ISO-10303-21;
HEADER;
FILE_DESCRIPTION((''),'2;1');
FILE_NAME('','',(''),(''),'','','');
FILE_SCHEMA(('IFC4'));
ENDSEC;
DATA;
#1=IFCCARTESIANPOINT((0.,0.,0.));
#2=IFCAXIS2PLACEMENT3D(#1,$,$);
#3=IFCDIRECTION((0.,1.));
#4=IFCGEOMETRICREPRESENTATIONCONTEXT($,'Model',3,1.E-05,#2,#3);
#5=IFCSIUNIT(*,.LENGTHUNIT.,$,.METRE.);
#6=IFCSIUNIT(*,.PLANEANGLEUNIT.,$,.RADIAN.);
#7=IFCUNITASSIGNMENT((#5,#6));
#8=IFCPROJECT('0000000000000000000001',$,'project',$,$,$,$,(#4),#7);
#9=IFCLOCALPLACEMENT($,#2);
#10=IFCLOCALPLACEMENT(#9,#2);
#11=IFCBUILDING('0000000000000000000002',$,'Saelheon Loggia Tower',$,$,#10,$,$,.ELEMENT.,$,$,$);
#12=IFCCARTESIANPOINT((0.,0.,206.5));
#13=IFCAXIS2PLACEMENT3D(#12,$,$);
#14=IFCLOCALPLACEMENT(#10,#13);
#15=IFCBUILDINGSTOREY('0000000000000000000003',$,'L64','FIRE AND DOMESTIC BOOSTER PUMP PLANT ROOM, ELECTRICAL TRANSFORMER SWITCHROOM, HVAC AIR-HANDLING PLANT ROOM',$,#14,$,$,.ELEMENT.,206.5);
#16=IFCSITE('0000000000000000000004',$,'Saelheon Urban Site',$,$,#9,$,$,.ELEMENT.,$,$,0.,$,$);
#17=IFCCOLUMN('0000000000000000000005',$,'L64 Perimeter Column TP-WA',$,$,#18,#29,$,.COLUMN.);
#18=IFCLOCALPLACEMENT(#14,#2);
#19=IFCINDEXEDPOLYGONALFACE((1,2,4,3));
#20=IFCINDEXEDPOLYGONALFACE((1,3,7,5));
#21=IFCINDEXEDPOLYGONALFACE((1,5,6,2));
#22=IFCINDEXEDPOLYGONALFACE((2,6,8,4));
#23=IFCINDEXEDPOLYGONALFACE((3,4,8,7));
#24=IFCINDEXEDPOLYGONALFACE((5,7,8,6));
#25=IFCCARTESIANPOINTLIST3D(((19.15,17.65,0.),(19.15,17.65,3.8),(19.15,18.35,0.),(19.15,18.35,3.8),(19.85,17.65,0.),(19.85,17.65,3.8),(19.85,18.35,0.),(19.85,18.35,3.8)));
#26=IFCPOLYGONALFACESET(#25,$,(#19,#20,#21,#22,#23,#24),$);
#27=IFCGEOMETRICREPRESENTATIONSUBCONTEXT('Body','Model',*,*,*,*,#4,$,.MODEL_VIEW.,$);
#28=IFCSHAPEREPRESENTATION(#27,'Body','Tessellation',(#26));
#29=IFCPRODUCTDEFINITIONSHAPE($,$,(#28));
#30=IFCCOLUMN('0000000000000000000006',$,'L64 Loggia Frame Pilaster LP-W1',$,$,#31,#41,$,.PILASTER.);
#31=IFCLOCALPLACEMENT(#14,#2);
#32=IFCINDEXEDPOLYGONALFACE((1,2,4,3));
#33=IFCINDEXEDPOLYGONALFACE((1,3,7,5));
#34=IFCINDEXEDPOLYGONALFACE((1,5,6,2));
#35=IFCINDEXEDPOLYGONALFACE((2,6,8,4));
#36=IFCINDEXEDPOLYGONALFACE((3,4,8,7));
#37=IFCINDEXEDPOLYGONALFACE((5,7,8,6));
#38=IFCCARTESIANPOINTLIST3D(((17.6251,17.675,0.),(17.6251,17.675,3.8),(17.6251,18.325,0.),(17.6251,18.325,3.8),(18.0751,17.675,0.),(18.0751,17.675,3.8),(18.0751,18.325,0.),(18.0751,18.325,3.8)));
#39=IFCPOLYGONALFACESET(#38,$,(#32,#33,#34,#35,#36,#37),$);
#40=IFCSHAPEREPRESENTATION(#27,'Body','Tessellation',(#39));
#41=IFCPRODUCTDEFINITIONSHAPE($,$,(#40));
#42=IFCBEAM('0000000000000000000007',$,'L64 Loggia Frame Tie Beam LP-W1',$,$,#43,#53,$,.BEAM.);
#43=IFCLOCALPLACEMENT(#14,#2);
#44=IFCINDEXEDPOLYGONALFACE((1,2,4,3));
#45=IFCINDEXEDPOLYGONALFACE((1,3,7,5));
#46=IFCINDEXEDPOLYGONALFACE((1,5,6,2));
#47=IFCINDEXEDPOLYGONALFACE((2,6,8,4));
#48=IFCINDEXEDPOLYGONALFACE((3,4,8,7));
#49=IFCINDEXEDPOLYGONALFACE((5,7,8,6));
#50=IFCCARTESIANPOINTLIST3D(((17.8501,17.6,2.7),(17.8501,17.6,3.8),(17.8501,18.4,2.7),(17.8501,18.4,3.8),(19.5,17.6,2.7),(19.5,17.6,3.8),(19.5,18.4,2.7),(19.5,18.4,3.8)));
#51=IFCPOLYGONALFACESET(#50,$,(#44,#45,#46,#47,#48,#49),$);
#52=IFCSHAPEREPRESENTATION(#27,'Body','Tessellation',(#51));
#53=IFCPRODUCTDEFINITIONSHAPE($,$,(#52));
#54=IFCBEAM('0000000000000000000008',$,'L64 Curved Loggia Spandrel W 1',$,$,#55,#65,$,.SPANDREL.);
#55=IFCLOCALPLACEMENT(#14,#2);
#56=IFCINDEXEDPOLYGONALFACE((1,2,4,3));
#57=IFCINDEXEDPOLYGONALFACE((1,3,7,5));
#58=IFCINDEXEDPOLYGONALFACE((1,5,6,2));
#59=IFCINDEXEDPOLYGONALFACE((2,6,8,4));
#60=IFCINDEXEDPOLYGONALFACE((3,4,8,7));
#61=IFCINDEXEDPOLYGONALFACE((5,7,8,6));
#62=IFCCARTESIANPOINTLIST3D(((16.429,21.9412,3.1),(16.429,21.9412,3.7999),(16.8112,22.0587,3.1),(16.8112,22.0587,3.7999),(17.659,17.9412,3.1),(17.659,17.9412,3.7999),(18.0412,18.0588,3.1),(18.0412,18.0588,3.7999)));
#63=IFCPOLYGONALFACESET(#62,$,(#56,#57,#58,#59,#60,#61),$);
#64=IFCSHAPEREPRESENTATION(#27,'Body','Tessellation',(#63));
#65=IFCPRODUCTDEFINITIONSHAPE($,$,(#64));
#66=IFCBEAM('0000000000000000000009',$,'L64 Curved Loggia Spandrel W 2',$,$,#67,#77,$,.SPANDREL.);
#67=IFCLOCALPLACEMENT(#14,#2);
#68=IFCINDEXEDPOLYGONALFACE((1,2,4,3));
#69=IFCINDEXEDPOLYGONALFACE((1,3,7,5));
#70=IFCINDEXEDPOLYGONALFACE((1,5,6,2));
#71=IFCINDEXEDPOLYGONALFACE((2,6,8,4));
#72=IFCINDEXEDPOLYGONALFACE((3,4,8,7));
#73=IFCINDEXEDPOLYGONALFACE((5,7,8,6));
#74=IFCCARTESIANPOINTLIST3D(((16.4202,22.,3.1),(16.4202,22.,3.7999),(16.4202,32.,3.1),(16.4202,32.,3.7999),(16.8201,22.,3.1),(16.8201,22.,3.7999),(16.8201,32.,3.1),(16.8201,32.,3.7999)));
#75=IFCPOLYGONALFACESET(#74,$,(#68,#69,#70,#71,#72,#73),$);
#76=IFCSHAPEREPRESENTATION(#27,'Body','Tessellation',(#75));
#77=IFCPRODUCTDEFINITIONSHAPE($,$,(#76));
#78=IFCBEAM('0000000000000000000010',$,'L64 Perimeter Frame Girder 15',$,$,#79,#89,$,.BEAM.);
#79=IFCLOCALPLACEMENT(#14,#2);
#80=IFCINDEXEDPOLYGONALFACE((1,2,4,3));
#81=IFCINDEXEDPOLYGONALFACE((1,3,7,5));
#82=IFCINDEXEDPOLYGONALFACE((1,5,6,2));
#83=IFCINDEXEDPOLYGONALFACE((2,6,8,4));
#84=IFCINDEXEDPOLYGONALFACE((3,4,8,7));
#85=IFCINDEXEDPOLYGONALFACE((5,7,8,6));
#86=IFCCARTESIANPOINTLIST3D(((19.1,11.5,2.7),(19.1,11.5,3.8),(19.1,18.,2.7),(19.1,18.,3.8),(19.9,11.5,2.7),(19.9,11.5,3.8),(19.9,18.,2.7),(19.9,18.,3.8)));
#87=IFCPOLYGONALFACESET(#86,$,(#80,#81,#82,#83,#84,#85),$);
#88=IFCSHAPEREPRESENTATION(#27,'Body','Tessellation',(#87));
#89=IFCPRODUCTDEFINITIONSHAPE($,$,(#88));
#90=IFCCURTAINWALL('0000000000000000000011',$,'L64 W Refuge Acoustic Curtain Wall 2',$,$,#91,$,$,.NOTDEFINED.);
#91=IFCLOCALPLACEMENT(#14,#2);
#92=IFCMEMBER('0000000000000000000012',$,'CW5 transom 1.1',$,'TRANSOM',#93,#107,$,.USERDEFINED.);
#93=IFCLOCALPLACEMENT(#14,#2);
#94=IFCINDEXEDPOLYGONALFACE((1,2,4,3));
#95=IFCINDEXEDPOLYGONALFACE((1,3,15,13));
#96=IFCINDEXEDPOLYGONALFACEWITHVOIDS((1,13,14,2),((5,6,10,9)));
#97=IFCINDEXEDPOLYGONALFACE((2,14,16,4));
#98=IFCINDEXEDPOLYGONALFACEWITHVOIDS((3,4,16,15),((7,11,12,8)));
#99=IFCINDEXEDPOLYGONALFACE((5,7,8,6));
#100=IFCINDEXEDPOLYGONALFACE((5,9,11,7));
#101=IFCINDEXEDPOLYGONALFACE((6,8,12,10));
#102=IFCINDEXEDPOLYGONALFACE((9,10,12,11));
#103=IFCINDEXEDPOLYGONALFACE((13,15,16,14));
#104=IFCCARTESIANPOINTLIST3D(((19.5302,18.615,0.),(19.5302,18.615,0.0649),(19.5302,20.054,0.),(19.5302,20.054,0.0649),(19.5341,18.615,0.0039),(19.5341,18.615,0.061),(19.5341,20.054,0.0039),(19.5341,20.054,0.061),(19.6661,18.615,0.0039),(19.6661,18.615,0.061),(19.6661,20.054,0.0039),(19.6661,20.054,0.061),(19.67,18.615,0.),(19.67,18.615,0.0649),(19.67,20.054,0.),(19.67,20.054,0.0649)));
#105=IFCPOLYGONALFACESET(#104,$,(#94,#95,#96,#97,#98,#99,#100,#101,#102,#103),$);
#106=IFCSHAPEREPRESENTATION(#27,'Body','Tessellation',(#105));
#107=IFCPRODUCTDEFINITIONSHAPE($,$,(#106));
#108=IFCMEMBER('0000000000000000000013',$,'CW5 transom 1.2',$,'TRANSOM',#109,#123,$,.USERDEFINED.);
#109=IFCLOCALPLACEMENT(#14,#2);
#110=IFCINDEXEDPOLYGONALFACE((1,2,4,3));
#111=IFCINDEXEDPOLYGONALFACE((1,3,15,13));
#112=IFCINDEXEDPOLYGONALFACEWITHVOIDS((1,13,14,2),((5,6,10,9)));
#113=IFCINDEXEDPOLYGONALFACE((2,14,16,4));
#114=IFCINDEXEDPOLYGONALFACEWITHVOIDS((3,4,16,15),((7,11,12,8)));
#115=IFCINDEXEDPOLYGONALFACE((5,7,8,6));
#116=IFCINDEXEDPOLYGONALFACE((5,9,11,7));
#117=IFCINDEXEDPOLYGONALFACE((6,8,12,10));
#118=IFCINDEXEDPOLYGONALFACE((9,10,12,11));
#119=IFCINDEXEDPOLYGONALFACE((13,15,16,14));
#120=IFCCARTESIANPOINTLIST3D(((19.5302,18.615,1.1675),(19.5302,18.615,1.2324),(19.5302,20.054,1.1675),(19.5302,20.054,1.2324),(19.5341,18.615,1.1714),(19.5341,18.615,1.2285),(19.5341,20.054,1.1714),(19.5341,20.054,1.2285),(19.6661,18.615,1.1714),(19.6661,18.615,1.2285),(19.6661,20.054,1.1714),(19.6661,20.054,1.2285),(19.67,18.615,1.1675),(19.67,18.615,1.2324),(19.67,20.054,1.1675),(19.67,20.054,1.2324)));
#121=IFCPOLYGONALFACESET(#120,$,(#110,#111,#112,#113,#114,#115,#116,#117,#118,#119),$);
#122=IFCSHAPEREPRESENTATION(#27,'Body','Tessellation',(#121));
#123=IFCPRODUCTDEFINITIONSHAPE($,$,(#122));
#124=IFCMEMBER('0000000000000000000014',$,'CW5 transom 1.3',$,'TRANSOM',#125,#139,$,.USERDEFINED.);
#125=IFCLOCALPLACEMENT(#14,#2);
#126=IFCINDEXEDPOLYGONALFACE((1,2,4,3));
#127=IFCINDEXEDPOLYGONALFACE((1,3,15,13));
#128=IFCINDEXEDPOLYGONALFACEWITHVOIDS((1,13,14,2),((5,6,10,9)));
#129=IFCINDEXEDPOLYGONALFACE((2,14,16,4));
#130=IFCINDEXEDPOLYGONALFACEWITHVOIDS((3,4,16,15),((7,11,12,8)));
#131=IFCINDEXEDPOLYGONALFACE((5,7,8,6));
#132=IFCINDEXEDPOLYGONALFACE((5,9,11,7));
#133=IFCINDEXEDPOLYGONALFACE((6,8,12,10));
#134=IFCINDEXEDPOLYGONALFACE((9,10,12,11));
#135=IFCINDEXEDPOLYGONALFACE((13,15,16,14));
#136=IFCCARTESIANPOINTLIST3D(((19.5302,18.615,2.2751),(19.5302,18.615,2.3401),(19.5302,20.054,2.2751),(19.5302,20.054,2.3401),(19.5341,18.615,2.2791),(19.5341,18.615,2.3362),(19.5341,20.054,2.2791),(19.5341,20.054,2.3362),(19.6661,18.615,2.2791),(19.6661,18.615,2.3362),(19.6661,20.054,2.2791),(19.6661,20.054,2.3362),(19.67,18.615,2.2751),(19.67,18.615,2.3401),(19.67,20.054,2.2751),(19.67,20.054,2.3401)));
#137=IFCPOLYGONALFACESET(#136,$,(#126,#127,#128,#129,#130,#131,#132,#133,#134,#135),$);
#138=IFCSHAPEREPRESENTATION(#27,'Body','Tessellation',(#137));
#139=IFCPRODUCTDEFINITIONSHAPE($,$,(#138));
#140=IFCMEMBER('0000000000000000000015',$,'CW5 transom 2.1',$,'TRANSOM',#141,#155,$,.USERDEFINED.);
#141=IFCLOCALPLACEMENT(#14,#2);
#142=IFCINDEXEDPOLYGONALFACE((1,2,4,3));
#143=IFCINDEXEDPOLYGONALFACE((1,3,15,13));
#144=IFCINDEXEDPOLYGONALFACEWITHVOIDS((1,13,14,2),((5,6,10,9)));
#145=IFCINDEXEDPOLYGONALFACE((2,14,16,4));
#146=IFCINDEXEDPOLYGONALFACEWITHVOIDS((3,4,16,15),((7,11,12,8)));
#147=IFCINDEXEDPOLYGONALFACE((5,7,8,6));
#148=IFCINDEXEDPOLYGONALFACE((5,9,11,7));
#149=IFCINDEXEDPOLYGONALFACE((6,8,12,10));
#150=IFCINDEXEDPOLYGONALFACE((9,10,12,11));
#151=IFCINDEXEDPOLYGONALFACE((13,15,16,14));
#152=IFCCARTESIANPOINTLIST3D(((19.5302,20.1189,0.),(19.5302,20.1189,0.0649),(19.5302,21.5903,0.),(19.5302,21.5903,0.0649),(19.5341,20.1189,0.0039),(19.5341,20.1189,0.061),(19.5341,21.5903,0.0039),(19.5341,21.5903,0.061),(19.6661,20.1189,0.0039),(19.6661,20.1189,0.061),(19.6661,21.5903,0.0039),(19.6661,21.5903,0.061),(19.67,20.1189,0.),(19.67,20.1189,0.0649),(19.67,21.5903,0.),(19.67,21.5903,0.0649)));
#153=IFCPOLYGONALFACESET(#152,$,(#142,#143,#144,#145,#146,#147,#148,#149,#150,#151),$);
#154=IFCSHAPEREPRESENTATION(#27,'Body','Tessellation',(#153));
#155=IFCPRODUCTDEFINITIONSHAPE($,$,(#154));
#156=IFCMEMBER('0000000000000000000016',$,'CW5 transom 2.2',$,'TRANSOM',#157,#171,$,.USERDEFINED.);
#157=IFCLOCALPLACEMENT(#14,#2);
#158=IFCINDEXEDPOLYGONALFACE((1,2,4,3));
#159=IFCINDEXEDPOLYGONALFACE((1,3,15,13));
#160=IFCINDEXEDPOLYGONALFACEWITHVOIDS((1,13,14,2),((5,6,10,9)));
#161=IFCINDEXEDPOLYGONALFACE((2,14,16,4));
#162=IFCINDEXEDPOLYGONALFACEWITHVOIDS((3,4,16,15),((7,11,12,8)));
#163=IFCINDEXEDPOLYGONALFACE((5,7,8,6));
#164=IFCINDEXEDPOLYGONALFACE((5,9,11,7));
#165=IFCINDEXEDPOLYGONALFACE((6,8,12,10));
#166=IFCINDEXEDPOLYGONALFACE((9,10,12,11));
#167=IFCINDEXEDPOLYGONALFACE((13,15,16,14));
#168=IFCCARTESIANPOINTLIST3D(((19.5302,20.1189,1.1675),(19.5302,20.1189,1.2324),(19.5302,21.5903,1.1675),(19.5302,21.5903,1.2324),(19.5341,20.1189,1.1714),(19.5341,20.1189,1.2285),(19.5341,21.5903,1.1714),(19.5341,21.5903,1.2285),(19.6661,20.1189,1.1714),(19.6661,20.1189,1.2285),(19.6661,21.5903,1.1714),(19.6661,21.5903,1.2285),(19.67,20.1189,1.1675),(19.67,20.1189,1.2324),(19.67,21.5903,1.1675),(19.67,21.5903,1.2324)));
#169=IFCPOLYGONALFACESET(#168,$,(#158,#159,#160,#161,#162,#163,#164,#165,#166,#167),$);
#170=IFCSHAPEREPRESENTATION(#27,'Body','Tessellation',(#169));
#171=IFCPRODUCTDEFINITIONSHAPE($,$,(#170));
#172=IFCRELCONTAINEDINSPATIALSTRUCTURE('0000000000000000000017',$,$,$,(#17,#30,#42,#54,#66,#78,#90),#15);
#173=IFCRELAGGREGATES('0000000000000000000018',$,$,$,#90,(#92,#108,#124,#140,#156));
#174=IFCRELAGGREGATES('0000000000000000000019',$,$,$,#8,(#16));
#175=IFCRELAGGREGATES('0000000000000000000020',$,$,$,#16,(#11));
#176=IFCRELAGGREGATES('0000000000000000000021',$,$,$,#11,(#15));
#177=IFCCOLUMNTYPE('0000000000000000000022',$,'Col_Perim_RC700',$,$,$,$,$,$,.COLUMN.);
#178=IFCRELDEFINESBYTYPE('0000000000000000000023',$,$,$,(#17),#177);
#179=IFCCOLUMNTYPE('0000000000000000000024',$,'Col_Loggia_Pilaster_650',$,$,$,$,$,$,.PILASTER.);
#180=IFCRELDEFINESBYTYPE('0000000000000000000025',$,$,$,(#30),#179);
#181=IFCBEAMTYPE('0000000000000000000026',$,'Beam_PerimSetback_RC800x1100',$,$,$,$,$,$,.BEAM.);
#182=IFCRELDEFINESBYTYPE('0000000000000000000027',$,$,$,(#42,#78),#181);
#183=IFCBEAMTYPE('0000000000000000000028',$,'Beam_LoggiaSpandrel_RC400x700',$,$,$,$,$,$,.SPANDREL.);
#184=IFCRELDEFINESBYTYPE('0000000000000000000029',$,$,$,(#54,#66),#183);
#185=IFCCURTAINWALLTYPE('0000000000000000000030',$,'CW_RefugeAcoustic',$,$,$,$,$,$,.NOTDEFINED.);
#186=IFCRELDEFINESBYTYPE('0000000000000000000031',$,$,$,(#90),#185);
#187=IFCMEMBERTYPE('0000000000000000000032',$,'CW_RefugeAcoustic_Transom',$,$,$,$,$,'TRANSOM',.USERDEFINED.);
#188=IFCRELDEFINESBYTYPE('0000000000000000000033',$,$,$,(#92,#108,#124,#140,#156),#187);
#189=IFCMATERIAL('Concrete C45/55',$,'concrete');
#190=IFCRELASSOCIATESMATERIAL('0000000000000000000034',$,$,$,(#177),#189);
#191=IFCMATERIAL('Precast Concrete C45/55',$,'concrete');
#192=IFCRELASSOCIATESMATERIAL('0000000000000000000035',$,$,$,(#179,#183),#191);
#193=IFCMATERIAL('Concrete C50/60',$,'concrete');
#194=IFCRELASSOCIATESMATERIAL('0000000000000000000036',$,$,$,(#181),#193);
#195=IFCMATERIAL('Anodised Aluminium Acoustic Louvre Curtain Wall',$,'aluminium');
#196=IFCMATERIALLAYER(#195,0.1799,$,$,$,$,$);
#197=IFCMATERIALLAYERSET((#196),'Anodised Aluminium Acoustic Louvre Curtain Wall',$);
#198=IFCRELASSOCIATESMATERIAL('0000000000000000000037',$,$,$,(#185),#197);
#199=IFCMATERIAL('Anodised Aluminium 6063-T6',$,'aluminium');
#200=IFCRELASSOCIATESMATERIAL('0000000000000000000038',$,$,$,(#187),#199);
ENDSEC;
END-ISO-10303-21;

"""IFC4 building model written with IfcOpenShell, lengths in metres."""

from ifc_helpers import new_model, si_unit, direction, frame, origin, origin_2d, place, context, subcontext, project, spatial, rectangle, hollow_rectangle, extrude, source, transform, mapped, material, layer, layer_set, material_profile, profile_set, type_object, element, aggregate, save


model = new_model("IFC4")

# Units and contexts
model_context = context("Model", 3, precision=1e-05, world=origin(), true_north=direction((0.0, 1.0)))
body_context = subcontext(model_context, "Body", "Model", "MODEL_VIEW")
ifc_project = project(units=[si_unit("LENGTHUNIT", "METRE"), si_unit("PLANEANGLEUNIT", "RADIAN")], contexts=[model_context])

# Site, building, storey
site_placement = place(None, origin())
site = spatial("IfcSite", under=ifc_project, at=site_placement, Name="Saelheon Urban Site", CompositionType="ELEMENT", RefElevation=0.0)
building_placement = place(site_placement, origin())
building = spatial("IfcBuilding", under=site, at=building_placement, Name="Saelheon Loggia Tower", CompositionType="ELEMENT")
storey_placement = place(building_placement, frame((0.0, 0.0, 206.5)))
storey = spatial("IfcBuildingStorey", under=building, at=storey_placement, Name="L64", Description="FIRE AND DOMESTIC BOOSTER PUMP PLANT ROOM, ELECTRICAL TRANSFORMER SWITCHROOM, HVAC AIR-HANDLING PLANT ROOM", CompositionType="ELEMENT", Elevation=206.5)

# Columns
ifc_material_1 = material(Name="Concrete C45/55", Category="concrete")
ifc_material_profile_1 = material_profile(ifc_material_1, rectangle(XDim=0.7, YDim=0.7, at=origin_2d()), Name="RC-700x700")
ifc_profile_set_1 = profile_set([ifc_material_profile_1], Name="Concrete C45/55")
column_type_1 = type_object("IfcColumnType", Name="Col_Perim_RC700", PredefinedType="COLUMN", material=ifc_profile_set_1)
shared_shape_1 = source(origin(), body_context, "Body", "SweptSolid", [
    extrude(rectangle(XDim=0.7, YDim=0.7, at=origin_2d()), origin(), (0.0, 0.0, 1.0), 3.8),
])
column_1_placement = place(storey_placement, frame((19.5, 18.0, 0.0), z_axis=(0.0, 0.0, 1.0), x_axis=(1.0, 0.0, 0.0)))
element("IfcColumn", 1, at=column_1_placement, inside=storey, type_object=column_type_1, Name="L64 Perimeter Column TP-WA", PredefinedType="COLUMN", context=body_context, shape_type="MappedRepresentation", body=[
    mapped(shared_shape_1, transform((0.0, 0.0, 0.0), scale=1.0)),
])
ifc_material_2 = material(Name="Precast Concrete C45/55", Category="concrete")
ifc_material_profile_2 = material_profile(ifc_material_2, rectangle(XDim=0.45, YDim=0.6499, at=origin_2d()), Name="RC-450x650")
ifc_profile_set_2 = profile_set([ifc_material_profile_2], Name="Precast Concrete C45/55")
column_type_2 = type_object("IfcColumnType", Name="Col_Loggia_Pilaster_650", PredefinedType="PILASTER", material=ifc_profile_set_2)
shared_shape_2 = source(origin(), body_context, "Body", "SweptSolid", [
    extrude(rectangle(XDim=0.45, YDim=0.6499, at=origin_2d()), origin(), (0.0, 0.0, 1.0), 3.8),
])
column_2_placement = place(storey_placement, frame((17.8501, 18.0, 0.0), z_axis=(0.0, 0.0, 1.0), x_axis=(1.0, 0.0, 0.0)))
element("IfcColumn", 2, at=column_2_placement, inside=storey, type_object=column_type_2, Name="L64 Loggia Frame Pilaster LP-W1", PredefinedType="PILASTER", context=body_context, shape_type="MappedRepresentation", body=[
    mapped(shared_shape_2, transform((0.0, 0.0, 0.0), scale=1.0)),
])

# Beams
ifc_material_3 = material(Name="Concrete C50/60", Category="concrete")
ifc_material_profile_3 = material_profile(ifc_material_3, rectangle(XDim=0.8, YDim=1.1001, at=origin_2d()), Name="RC-800x1100")
ifc_profile_set_3 = profile_set([ifc_material_profile_3], Name="Concrete C50/60")
beam_type_1 = type_object("IfcBeamType", Name="Beam_PerimSetback_RC800x1100", PredefinedType="BEAM", material=ifc_profile_set_3)
shared_shape_3 = source(origin(), body_context, "Body", "SweptSolid", [
    extrude(rectangle(XDim=0.8, YDim=1.1001, at=origin_2d()), origin(), (0.0, 0.0, 1.0), 1.6499),
])
beam_1_placement = place(storey_placement, frame((19.5, 18.0, 3.25), z_axis=(-1.0, 0.0, 0.0), x_axis=(0.0, -1.0, 0.0)))
element("IfcBeam", 3, at=beam_1_placement, inside=storey, type_object=beam_type_1, Name="L64 Loggia Frame Tie Beam LP-W1", PredefinedType="BEAM", context=body_context, shape_type="MappedRepresentation", body=[
    mapped(shared_shape_3, transform((0.0, 0.0, 0.0), scale=1.0)),
])
ifc_material_profile_4 = material_profile(ifc_material_2, rectangle(XDim=0.3999, YDim=0.7, at=origin_2d()), Name="RC-400x700")
ifc_profile_set_4 = profile_set([ifc_material_profile_4], Name="Precast Concrete C45/55")
beam_type_2 = type_object("IfcBeamType", Name="Beam_LoggiaSpandrel_RC400x700", PredefinedType="SPANDREL", material=ifc_profile_set_4)
shared_shape_4 = source(origin(), body_context, "Body", "SweptSolid", [
    extrude(rectangle(XDim=0.3999, YDim=0.7, at=origin_2d()), origin(), (0.0, 0.0, 1.0), 4.1848),
])
beam_2_placement = place(storey_placement, frame((17.8501, 18.0, 3.45), z_axis=(-0.293914, 0.955832, 0.0), x_axis=(-0.955832, -0.293914, 0.0)))
element("IfcBeam", 4, at=beam_2_placement, inside=storey, type_object=beam_type_2, Name="L64 Curved Loggia Spandrel W 1", PredefinedType="SPANDREL", context=body_context, shape_type="MappedRepresentation", body=[
    mapped(shared_shape_4, transform((0.0, 0.0, 0.0), scale=1.0)),
])
shared_shape_5 = source(origin(), body_context, "Body", "SweptSolid", [
    extrude(rectangle(XDim=0.3999, YDim=0.7, at=origin_2d()), origin(), (0.0, 0.0, 1.0), 10.0),
])
beam_3_placement = place(storey_placement, frame((16.6201, 22.0, 3.45), z_axis=(0.0, 1.0, 0.0), x_axis=(-1.0, 0.0, 0.0)))
element("IfcBeam", 5, at=beam_3_placement, inside=storey, type_object=beam_type_2, Name="L64 Curved Loggia Spandrel W 2", PredefinedType="SPANDREL", context=body_context, shape_type="MappedRepresentation", body=[
    mapped(shared_shape_5, transform((0.0, 0.0, 0.0), scale=1.0)),
])
shared_shape_6 = source(origin(), body_context, "Body", "SweptSolid", [
    extrude(rectangle(XDim=0.8, YDim=1.1001, at=origin_2d()), origin(), (0.0, 0.0, 1.0), 6.5),
])
beam_4_placement = place(storey_placement, frame((19.5, 18.0, 3.25), z_axis=(0.0, -1.0, 0.0), x_axis=(1.0, 0.0, 0.0)))
element("IfcBeam", 6, at=beam_4_placement, inside=storey, type_object=beam_type_1, Name="L64 Perimeter Frame Girder 15", PredefinedType="BEAM", context=body_context, shape_type="MappedRepresentation", body=[
    mapped(shared_shape_6, transform((0.0, 0.0, 0.0), scale=1.0)),
])

# Curtain wall, members
ifc_material_4 = material(Name="Anodised Aluminium Acoustic Louvre Curtain Wall", Category="aluminium")
ifc_layer_1 = layer(ifc_material_4, 0.1799)
ifc_layer_set_1 = layer_set([ifc_layer_1], Name="Anodised Aluminium Acoustic Louvre Curtain Wall")
curtain_wall_type = type_object("IfcCurtainWallType", Name="CW_RefugeAcoustic", PredefinedType="NOTDEFINED", material=ifc_layer_set_1)
curtain_wall_1_placement = place(storey_placement, origin())
curtain_wall_1 = element("IfcCurtainWall", 7, at=curtain_wall_1_placement, inside=storey, type_object=curtain_wall_type, Name="L64 W Refuge Acoustic Curtain Wall 2", PredefinedType="NOTDEFINED")
ifc_material_5 = material(Name="Anodised Aluminium 6063-T6", Category="aluminium")
ifc_material_profile_5 = material_profile(ifc_material_5, hollow_rectangle(XDim=0.0649, YDim=0.1399, WallThickness=0.0039, at=origin_2d()), Name="RHS-140x65x4")
ifc_profile_set_5 = profile_set([ifc_material_profile_5], Name="Anodised Aluminium 6063-T6")
member_type_1 = type_object("IfcMemberType", Name="CW_RefugeAcoustic_Transom", ElementType="TRANSOM", PredefinedType="USERDEFINED", material=ifc_profile_set_5)
shared_shape_7 = source(origin(), body_context, "Body", "SweptSolid", [
    extrude(hollow_rectangle(XDim=0.0649, YDim=0.1399, WallThickness=0.0039, at=origin_2d()), origin(), (0.0, 0.0, 1.0), 1.439),
])
member_1_placement = place(storey_placement, frame((19.6001, 18.615, 0.0325), z_axis=(0.0, 1.0, 0.0), x_axis=(0.0, 0.0, 1.0)))
member_1 = element("IfcMember", 8, at=member_1_placement, type_object=member_type_1, Name="CW5 transom 1.1", ObjectType="TRANSOM", PredefinedType="USERDEFINED", context=body_context, shape_type="MappedRepresentation", body=[
    mapped(shared_shape_7, transform((0.0, 0.0, 0.0), scale=1.0)),
])
member_2_placement = place(storey_placement, frame((19.6001, 18.615, 1.2), z_axis=(0.0, 1.0, 0.0), x_axis=(0.0, 0.0, 1.0)))
member_2 = element("IfcMember", 9, at=member_2_placement, type_object=member_type_1, Name="CW5 transom 1.2", ObjectType="TRANSOM", PredefinedType="USERDEFINED", context=body_context, shape_type="MappedRepresentation", body=[
    mapped(shared_shape_7, transform((0.0, 0.0, 0.0), scale=1.0)),
])
member_3_placement = place(storey_placement, frame((19.6001, 18.615, 2.3076), z_axis=(0.0, 1.0, 0.0), x_axis=(0.0, 0.0, 1.0)))
member_3 = element("IfcMember", 10, at=member_3_placement, type_object=member_type_1, Name="CW5 transom 1.3", ObjectType="TRANSOM", PredefinedType="USERDEFINED", context=body_context, shape_type="MappedRepresentation", body=[
    mapped(shared_shape_7, transform((0.0, 0.0, 0.0), scale=1.0)),
])
shared_shape_8 = source(origin(), body_context, "Body", "SweptSolid", [
    extrude(hollow_rectangle(XDim=0.0649, YDim=0.1399, WallThickness=0.0039, at=origin_2d()), origin(), (0.0, 0.0, 1.0), 1.4714),
])
member_4_placement = place(storey_placement, frame((19.6001, 20.1189, 0.0325), z_axis=(0.0, 1.0, 0.0), x_axis=(0.0, 0.0, 1.0)))
member_4 = element("IfcMember", 11, at=member_4_placement, type_object=member_type_1, Name="CW5 transom 2.1", ObjectType="TRANSOM", PredefinedType="USERDEFINED", context=body_context, shape_type="MappedRepresentation", body=[
    mapped(shared_shape_8, transform((0.0, 0.0, 0.0), scale=1.0)),
])
member_5_placement = place(storey_placement, frame((19.6001, 20.1189, 1.2), z_axis=(0.0, 1.0, 0.0), x_axis=(0.0, 0.0, 1.0)))
member_5 = element("IfcMember", 12, at=member_5_placement, type_object=member_type_1, Name="CW5 transom 2.2", ObjectType="TRANSOM", PredefinedType="USERDEFINED", context=body_context, shape_type="MappedRepresentation", body=[
    mapped(shared_shape_8, transform((0.0, 0.0, 0.0), scale=1.0)),
])

aggregate(curtain_wall_1, [member_1, member_2, member_3, member_4, member_5])

save(model, "model.ifc")
